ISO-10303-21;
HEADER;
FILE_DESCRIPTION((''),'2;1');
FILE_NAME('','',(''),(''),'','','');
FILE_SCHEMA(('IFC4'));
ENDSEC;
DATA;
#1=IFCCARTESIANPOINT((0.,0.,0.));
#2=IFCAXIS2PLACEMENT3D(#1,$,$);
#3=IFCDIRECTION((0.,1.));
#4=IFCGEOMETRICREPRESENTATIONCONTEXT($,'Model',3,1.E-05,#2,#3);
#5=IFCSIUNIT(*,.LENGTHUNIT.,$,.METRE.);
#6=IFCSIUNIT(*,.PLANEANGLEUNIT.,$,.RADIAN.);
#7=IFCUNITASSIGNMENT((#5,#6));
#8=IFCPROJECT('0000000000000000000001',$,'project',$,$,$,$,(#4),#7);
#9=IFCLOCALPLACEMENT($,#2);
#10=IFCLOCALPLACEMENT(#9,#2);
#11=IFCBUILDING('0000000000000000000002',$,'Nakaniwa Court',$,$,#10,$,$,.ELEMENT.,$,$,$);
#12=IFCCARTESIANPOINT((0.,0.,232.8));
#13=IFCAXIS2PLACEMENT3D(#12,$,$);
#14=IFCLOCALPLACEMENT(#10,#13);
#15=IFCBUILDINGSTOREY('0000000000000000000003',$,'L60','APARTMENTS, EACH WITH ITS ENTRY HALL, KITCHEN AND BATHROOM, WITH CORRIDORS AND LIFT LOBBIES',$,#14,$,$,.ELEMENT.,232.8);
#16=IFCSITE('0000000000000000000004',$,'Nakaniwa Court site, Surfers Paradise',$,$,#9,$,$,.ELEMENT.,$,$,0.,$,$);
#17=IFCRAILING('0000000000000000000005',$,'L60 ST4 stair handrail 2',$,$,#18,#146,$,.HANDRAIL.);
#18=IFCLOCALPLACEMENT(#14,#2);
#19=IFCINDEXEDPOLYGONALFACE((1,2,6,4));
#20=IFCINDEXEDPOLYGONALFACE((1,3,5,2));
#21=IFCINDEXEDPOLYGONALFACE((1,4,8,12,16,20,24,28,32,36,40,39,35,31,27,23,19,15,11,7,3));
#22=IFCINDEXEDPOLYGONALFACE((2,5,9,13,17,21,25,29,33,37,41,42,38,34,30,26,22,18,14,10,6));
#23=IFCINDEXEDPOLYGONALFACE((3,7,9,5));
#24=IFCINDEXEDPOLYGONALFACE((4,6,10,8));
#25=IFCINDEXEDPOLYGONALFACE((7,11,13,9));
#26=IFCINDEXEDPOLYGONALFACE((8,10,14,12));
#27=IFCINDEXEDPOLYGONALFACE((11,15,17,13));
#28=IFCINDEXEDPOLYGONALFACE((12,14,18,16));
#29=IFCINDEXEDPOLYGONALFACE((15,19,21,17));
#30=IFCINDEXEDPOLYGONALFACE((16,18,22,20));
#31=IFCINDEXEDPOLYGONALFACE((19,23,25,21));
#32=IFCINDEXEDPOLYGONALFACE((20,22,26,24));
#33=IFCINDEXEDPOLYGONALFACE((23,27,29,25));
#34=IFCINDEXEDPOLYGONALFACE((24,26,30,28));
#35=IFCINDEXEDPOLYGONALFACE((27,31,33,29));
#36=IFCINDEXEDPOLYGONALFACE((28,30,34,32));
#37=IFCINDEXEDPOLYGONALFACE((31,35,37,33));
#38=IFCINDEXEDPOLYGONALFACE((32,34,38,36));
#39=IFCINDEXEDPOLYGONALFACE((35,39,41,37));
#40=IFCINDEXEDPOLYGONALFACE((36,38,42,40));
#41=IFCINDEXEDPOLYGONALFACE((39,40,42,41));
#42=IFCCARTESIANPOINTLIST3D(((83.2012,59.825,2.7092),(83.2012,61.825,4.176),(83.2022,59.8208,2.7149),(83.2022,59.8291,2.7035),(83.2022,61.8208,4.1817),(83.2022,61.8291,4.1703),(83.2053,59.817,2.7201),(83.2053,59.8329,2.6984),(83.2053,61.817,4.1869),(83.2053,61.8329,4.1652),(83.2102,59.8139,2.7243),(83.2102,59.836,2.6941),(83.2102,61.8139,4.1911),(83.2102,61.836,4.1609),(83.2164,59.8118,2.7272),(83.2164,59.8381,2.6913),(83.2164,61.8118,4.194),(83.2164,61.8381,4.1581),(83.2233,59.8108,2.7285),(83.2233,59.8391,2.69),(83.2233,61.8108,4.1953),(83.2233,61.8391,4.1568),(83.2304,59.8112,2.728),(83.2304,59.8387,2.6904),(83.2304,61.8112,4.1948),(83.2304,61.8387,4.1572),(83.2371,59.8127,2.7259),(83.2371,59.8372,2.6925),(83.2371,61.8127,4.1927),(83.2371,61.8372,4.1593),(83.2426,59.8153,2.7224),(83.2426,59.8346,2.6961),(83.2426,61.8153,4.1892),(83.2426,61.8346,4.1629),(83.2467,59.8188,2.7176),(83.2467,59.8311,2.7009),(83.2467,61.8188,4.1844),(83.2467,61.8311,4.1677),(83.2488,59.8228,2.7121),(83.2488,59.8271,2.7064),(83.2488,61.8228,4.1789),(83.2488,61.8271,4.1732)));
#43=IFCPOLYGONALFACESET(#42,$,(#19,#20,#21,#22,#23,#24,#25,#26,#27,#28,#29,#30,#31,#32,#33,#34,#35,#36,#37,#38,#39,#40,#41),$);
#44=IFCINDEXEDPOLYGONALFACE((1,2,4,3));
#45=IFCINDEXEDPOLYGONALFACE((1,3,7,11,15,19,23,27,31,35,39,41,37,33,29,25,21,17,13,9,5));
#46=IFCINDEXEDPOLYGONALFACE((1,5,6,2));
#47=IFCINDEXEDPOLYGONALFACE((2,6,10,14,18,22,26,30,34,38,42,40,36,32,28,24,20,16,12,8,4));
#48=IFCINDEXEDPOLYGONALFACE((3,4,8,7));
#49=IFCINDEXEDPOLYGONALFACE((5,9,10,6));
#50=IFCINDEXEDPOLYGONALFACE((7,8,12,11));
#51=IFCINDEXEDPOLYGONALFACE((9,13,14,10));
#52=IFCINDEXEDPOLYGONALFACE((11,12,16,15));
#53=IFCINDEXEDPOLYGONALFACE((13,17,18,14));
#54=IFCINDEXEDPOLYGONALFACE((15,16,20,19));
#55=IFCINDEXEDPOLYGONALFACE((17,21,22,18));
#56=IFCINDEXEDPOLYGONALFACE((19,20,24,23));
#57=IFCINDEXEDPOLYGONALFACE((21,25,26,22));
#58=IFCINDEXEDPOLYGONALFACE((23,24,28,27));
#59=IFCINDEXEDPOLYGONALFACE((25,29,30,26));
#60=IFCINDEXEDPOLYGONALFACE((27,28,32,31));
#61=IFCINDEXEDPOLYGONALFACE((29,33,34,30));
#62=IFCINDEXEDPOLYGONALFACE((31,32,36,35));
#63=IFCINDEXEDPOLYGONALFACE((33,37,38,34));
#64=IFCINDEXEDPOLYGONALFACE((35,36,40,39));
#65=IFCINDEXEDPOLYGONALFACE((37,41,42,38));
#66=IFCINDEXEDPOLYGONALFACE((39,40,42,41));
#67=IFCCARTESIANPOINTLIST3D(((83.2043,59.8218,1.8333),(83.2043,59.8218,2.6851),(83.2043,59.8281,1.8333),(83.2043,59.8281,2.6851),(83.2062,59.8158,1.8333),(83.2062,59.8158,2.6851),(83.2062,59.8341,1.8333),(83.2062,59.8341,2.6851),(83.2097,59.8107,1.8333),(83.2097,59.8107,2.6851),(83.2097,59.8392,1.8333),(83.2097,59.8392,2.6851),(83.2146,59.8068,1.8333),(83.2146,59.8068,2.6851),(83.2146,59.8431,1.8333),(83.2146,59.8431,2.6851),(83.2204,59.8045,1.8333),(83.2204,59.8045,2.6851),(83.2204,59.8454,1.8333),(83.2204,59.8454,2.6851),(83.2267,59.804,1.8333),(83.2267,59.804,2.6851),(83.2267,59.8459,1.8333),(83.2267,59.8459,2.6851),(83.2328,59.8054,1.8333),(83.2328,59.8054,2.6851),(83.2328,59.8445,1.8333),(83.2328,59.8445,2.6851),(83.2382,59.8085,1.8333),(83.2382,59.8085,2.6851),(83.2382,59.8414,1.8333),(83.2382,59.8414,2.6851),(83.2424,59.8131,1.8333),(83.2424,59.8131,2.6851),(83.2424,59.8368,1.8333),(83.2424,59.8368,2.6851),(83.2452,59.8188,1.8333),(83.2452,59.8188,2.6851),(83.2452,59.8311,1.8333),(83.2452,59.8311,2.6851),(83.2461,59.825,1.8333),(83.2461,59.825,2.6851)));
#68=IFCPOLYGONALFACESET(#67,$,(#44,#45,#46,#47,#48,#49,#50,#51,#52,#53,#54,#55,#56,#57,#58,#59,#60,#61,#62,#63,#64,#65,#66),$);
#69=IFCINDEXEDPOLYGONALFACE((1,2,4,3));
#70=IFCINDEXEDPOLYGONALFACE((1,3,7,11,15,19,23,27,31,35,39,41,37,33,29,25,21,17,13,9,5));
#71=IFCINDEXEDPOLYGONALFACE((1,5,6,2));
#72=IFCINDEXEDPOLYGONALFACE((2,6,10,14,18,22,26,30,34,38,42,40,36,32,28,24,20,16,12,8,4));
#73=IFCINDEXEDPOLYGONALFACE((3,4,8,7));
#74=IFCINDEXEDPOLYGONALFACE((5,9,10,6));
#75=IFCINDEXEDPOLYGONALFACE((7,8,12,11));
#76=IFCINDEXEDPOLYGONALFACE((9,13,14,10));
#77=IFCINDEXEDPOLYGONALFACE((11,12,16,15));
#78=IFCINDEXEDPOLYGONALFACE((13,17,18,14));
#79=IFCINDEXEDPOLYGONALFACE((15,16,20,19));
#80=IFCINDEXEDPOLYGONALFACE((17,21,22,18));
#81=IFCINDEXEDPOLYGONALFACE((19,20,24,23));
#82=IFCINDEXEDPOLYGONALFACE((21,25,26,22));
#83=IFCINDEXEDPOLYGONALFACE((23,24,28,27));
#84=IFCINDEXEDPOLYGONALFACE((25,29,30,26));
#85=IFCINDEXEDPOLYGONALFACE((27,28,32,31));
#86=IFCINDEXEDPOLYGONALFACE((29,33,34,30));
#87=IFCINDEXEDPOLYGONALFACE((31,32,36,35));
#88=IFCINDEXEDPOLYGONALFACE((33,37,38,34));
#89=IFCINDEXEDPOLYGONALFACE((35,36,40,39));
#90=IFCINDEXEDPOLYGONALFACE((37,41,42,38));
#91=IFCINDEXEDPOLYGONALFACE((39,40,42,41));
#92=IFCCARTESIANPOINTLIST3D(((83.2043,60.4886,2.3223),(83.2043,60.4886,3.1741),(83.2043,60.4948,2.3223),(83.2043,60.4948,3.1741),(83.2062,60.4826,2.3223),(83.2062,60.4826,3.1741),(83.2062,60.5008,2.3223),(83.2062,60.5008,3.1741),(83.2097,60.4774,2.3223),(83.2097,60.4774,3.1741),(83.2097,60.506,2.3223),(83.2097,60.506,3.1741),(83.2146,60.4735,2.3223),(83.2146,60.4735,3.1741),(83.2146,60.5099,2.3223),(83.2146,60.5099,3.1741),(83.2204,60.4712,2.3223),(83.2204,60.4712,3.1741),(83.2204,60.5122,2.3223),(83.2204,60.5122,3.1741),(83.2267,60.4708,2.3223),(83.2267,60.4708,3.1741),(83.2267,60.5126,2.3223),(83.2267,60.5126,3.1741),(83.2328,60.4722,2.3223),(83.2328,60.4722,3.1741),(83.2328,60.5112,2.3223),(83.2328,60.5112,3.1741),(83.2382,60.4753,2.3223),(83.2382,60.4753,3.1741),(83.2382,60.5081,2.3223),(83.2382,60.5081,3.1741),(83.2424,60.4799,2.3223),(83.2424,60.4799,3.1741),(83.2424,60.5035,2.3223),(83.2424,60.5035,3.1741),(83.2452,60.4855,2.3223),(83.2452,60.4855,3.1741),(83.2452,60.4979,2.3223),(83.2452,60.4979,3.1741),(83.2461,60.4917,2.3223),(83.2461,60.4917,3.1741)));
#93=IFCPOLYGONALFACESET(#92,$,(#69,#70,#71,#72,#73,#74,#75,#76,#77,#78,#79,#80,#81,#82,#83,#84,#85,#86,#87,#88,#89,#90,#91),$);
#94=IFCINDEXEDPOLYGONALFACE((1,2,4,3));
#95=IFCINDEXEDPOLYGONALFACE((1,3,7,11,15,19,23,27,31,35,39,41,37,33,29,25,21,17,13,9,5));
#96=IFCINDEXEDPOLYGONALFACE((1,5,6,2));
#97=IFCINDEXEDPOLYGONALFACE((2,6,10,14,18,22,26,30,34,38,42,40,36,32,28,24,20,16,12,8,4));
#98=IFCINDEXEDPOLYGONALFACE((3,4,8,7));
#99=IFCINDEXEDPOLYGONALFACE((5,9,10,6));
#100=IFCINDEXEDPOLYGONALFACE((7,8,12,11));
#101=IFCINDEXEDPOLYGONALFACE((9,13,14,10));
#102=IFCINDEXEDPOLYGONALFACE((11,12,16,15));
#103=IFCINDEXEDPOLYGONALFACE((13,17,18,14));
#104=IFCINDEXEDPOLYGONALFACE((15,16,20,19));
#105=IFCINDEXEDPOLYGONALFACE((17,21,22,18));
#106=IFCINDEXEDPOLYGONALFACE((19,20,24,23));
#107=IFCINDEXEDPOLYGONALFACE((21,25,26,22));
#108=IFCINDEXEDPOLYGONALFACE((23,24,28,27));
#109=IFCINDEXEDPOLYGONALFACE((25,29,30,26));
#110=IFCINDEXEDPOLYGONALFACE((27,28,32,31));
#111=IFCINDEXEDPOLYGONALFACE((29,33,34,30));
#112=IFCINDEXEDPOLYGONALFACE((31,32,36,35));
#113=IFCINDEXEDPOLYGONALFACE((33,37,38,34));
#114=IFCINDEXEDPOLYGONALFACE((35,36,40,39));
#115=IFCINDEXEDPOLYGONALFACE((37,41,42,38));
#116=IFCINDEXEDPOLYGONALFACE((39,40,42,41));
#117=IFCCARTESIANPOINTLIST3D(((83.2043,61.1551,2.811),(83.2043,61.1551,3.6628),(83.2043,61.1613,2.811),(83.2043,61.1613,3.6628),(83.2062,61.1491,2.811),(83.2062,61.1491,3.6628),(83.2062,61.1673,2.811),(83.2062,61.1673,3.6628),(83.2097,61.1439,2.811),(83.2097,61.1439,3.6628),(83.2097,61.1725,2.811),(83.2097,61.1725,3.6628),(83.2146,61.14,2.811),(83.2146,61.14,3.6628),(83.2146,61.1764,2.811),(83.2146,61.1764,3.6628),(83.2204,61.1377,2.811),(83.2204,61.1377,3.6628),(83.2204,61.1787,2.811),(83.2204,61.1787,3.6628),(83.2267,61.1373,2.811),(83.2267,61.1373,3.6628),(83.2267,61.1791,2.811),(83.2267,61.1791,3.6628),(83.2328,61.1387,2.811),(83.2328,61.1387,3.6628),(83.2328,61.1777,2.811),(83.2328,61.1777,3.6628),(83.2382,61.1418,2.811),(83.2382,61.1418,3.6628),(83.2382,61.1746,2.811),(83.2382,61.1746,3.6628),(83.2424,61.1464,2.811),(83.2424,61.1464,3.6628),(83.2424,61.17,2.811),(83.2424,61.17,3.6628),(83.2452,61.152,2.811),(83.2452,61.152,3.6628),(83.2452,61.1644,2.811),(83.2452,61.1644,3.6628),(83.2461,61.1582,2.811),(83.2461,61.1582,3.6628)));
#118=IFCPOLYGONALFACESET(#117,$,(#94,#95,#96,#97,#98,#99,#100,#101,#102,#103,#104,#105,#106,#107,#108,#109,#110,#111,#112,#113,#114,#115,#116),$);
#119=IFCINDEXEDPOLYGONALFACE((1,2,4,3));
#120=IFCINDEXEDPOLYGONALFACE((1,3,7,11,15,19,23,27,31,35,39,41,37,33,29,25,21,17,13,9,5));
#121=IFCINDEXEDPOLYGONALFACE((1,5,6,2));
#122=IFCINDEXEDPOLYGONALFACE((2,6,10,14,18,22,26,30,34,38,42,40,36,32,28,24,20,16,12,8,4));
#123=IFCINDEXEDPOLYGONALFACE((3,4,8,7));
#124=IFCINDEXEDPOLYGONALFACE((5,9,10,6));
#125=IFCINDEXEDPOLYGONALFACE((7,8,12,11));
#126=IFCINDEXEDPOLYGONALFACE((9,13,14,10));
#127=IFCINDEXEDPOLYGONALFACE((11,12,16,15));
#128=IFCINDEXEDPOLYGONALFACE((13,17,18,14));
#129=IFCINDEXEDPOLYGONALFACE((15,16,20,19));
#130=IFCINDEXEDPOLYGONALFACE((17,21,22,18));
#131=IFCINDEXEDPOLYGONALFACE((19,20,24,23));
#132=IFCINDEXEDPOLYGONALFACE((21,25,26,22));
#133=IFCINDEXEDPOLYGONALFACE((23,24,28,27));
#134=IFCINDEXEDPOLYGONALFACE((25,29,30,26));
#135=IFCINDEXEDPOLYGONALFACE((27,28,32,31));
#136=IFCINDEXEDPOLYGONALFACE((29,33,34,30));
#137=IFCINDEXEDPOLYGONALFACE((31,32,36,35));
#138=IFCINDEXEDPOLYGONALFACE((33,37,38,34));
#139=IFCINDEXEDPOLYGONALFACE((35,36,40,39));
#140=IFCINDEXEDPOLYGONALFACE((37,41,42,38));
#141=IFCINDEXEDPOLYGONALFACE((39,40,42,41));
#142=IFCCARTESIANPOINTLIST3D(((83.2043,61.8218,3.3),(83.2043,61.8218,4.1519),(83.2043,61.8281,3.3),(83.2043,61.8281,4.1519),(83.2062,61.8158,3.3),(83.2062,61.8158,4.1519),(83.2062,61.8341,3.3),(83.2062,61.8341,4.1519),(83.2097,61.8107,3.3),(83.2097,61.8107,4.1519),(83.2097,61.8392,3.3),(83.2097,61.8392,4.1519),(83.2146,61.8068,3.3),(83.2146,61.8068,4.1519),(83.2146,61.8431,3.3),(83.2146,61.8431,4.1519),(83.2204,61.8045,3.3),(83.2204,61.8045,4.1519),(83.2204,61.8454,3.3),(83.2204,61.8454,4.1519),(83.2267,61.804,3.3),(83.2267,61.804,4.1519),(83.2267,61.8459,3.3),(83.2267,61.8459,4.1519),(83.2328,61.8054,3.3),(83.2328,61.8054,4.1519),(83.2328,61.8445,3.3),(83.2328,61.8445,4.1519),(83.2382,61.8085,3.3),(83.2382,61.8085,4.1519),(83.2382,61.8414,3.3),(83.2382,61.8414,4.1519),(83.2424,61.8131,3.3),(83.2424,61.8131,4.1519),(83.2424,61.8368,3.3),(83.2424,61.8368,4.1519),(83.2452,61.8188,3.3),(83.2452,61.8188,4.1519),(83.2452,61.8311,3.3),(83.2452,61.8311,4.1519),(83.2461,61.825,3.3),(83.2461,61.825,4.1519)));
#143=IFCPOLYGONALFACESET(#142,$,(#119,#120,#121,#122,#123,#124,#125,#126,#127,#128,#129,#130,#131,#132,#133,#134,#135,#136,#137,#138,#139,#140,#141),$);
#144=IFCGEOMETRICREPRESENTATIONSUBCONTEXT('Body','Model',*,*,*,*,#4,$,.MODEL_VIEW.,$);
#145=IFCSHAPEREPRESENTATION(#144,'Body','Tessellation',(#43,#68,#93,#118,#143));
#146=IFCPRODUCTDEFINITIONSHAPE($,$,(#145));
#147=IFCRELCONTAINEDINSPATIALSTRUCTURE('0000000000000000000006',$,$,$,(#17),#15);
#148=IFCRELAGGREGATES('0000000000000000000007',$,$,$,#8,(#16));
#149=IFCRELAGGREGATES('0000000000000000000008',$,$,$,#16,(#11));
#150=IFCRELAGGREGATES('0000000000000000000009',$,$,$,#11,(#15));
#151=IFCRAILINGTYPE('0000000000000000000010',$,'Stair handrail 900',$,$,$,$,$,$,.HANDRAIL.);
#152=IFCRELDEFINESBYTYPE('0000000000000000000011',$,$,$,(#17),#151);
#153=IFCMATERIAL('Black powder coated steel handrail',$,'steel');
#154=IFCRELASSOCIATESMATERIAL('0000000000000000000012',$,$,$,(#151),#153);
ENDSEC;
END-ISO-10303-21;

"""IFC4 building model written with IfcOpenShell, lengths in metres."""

from ifc_helpers import new_model, si_unit, direction, frame, origin, origin_2d, place, context, subcontext, project, spatial, circle, extrude, material, type_object, element, save


model = new_model("IFC4")

# Units and contexts
model_context = context("Model", 3, precision=1e-05, world=origin(), true_north=direction((0.0, 1.0)))
body_context = subcontext(model_context, "Body", "Model", "MODEL_VIEW")
ifc_project = project(units=[si_unit("LENGTHUNIT", "METRE"), si_unit("PLANEANGLEUNIT", "RADIAN")], contexts=[model_context])

# Site, building, storey
site_placement = place(None, origin())
site = spatial("IfcSite", under=ifc_project, at=site_placement, Name="Nakaniwa Court site, Surfers Paradise", CompositionType="ELEMENT", RefElevation=0.0)
building_placement = place(site_placement, origin())
building = spatial("IfcBuilding", under=site, at=building_placement, Name="Nakaniwa Court", CompositionType="ELEMENT")
storey_placement = place(building_placement, frame((0.0, 0.0, 232.8)))
storey = spatial("IfcBuildingStorey", under=building, at=storey_placement, Name="L60", Description="APARTMENTS, EACH WITH ITS ENTRY HALL, KITCHEN AND BATHROOM, WITH CORRIDORS AND LIFT LOBBIES", CompositionType="ELEMENT", Elevation=232.8)

# Railing
ifc_material_1 = material(Name="Black powder coated steel handrail", Category="steel")
railing_type_1 = type_object("IfcRailingType", Name="Stair handrail 900", PredefinedType="HANDRAIL", material=ifc_material_1)
railing_1_placement = place(storey_placement, frame((83.2251, 59.825, 1.8333)))
element("IfcRailing", 1, at=railing_1_placement, inside=storey, type_object=railing_type_1, Name="L60 ST4 stair handrail 2", PredefinedType="HANDRAIL", context=body_context, shape_type="SweptSolid", body=[
    extrude(circle(Radius=0.0239, at=origin_2d()), frame((0.0, 0.0, 0.876), z_axis=(0.0, 0.80638, 0.591398), x_axis=(-1.0, 0.0, 0.0)), (0.0, 0.0, 1.0), 2.4802),
    extrude(circle(Radius=0.021, at=origin_2d()), origin(), (0.0, 0.0, 1.0), 0.8518),
    extrude(circle(Radius=0.021, at=origin_2d()), frame((0.0, 0.6667, 0.489)), (0.0, 0.0, 1.0), 0.8518),
    extrude(circle(Radius=0.021, at=origin_2d()), frame((0.0, 1.3333, 0.9778)), (0.0, 0.0, 1.0), 0.8518),
    extrude(circle(Radius=0.021, at=origin_2d()), frame((0.0, 2.0, 1.4668)), (0.0, 0.0, 1.0), 0.8518),
])

save(model, "model.ifc")
